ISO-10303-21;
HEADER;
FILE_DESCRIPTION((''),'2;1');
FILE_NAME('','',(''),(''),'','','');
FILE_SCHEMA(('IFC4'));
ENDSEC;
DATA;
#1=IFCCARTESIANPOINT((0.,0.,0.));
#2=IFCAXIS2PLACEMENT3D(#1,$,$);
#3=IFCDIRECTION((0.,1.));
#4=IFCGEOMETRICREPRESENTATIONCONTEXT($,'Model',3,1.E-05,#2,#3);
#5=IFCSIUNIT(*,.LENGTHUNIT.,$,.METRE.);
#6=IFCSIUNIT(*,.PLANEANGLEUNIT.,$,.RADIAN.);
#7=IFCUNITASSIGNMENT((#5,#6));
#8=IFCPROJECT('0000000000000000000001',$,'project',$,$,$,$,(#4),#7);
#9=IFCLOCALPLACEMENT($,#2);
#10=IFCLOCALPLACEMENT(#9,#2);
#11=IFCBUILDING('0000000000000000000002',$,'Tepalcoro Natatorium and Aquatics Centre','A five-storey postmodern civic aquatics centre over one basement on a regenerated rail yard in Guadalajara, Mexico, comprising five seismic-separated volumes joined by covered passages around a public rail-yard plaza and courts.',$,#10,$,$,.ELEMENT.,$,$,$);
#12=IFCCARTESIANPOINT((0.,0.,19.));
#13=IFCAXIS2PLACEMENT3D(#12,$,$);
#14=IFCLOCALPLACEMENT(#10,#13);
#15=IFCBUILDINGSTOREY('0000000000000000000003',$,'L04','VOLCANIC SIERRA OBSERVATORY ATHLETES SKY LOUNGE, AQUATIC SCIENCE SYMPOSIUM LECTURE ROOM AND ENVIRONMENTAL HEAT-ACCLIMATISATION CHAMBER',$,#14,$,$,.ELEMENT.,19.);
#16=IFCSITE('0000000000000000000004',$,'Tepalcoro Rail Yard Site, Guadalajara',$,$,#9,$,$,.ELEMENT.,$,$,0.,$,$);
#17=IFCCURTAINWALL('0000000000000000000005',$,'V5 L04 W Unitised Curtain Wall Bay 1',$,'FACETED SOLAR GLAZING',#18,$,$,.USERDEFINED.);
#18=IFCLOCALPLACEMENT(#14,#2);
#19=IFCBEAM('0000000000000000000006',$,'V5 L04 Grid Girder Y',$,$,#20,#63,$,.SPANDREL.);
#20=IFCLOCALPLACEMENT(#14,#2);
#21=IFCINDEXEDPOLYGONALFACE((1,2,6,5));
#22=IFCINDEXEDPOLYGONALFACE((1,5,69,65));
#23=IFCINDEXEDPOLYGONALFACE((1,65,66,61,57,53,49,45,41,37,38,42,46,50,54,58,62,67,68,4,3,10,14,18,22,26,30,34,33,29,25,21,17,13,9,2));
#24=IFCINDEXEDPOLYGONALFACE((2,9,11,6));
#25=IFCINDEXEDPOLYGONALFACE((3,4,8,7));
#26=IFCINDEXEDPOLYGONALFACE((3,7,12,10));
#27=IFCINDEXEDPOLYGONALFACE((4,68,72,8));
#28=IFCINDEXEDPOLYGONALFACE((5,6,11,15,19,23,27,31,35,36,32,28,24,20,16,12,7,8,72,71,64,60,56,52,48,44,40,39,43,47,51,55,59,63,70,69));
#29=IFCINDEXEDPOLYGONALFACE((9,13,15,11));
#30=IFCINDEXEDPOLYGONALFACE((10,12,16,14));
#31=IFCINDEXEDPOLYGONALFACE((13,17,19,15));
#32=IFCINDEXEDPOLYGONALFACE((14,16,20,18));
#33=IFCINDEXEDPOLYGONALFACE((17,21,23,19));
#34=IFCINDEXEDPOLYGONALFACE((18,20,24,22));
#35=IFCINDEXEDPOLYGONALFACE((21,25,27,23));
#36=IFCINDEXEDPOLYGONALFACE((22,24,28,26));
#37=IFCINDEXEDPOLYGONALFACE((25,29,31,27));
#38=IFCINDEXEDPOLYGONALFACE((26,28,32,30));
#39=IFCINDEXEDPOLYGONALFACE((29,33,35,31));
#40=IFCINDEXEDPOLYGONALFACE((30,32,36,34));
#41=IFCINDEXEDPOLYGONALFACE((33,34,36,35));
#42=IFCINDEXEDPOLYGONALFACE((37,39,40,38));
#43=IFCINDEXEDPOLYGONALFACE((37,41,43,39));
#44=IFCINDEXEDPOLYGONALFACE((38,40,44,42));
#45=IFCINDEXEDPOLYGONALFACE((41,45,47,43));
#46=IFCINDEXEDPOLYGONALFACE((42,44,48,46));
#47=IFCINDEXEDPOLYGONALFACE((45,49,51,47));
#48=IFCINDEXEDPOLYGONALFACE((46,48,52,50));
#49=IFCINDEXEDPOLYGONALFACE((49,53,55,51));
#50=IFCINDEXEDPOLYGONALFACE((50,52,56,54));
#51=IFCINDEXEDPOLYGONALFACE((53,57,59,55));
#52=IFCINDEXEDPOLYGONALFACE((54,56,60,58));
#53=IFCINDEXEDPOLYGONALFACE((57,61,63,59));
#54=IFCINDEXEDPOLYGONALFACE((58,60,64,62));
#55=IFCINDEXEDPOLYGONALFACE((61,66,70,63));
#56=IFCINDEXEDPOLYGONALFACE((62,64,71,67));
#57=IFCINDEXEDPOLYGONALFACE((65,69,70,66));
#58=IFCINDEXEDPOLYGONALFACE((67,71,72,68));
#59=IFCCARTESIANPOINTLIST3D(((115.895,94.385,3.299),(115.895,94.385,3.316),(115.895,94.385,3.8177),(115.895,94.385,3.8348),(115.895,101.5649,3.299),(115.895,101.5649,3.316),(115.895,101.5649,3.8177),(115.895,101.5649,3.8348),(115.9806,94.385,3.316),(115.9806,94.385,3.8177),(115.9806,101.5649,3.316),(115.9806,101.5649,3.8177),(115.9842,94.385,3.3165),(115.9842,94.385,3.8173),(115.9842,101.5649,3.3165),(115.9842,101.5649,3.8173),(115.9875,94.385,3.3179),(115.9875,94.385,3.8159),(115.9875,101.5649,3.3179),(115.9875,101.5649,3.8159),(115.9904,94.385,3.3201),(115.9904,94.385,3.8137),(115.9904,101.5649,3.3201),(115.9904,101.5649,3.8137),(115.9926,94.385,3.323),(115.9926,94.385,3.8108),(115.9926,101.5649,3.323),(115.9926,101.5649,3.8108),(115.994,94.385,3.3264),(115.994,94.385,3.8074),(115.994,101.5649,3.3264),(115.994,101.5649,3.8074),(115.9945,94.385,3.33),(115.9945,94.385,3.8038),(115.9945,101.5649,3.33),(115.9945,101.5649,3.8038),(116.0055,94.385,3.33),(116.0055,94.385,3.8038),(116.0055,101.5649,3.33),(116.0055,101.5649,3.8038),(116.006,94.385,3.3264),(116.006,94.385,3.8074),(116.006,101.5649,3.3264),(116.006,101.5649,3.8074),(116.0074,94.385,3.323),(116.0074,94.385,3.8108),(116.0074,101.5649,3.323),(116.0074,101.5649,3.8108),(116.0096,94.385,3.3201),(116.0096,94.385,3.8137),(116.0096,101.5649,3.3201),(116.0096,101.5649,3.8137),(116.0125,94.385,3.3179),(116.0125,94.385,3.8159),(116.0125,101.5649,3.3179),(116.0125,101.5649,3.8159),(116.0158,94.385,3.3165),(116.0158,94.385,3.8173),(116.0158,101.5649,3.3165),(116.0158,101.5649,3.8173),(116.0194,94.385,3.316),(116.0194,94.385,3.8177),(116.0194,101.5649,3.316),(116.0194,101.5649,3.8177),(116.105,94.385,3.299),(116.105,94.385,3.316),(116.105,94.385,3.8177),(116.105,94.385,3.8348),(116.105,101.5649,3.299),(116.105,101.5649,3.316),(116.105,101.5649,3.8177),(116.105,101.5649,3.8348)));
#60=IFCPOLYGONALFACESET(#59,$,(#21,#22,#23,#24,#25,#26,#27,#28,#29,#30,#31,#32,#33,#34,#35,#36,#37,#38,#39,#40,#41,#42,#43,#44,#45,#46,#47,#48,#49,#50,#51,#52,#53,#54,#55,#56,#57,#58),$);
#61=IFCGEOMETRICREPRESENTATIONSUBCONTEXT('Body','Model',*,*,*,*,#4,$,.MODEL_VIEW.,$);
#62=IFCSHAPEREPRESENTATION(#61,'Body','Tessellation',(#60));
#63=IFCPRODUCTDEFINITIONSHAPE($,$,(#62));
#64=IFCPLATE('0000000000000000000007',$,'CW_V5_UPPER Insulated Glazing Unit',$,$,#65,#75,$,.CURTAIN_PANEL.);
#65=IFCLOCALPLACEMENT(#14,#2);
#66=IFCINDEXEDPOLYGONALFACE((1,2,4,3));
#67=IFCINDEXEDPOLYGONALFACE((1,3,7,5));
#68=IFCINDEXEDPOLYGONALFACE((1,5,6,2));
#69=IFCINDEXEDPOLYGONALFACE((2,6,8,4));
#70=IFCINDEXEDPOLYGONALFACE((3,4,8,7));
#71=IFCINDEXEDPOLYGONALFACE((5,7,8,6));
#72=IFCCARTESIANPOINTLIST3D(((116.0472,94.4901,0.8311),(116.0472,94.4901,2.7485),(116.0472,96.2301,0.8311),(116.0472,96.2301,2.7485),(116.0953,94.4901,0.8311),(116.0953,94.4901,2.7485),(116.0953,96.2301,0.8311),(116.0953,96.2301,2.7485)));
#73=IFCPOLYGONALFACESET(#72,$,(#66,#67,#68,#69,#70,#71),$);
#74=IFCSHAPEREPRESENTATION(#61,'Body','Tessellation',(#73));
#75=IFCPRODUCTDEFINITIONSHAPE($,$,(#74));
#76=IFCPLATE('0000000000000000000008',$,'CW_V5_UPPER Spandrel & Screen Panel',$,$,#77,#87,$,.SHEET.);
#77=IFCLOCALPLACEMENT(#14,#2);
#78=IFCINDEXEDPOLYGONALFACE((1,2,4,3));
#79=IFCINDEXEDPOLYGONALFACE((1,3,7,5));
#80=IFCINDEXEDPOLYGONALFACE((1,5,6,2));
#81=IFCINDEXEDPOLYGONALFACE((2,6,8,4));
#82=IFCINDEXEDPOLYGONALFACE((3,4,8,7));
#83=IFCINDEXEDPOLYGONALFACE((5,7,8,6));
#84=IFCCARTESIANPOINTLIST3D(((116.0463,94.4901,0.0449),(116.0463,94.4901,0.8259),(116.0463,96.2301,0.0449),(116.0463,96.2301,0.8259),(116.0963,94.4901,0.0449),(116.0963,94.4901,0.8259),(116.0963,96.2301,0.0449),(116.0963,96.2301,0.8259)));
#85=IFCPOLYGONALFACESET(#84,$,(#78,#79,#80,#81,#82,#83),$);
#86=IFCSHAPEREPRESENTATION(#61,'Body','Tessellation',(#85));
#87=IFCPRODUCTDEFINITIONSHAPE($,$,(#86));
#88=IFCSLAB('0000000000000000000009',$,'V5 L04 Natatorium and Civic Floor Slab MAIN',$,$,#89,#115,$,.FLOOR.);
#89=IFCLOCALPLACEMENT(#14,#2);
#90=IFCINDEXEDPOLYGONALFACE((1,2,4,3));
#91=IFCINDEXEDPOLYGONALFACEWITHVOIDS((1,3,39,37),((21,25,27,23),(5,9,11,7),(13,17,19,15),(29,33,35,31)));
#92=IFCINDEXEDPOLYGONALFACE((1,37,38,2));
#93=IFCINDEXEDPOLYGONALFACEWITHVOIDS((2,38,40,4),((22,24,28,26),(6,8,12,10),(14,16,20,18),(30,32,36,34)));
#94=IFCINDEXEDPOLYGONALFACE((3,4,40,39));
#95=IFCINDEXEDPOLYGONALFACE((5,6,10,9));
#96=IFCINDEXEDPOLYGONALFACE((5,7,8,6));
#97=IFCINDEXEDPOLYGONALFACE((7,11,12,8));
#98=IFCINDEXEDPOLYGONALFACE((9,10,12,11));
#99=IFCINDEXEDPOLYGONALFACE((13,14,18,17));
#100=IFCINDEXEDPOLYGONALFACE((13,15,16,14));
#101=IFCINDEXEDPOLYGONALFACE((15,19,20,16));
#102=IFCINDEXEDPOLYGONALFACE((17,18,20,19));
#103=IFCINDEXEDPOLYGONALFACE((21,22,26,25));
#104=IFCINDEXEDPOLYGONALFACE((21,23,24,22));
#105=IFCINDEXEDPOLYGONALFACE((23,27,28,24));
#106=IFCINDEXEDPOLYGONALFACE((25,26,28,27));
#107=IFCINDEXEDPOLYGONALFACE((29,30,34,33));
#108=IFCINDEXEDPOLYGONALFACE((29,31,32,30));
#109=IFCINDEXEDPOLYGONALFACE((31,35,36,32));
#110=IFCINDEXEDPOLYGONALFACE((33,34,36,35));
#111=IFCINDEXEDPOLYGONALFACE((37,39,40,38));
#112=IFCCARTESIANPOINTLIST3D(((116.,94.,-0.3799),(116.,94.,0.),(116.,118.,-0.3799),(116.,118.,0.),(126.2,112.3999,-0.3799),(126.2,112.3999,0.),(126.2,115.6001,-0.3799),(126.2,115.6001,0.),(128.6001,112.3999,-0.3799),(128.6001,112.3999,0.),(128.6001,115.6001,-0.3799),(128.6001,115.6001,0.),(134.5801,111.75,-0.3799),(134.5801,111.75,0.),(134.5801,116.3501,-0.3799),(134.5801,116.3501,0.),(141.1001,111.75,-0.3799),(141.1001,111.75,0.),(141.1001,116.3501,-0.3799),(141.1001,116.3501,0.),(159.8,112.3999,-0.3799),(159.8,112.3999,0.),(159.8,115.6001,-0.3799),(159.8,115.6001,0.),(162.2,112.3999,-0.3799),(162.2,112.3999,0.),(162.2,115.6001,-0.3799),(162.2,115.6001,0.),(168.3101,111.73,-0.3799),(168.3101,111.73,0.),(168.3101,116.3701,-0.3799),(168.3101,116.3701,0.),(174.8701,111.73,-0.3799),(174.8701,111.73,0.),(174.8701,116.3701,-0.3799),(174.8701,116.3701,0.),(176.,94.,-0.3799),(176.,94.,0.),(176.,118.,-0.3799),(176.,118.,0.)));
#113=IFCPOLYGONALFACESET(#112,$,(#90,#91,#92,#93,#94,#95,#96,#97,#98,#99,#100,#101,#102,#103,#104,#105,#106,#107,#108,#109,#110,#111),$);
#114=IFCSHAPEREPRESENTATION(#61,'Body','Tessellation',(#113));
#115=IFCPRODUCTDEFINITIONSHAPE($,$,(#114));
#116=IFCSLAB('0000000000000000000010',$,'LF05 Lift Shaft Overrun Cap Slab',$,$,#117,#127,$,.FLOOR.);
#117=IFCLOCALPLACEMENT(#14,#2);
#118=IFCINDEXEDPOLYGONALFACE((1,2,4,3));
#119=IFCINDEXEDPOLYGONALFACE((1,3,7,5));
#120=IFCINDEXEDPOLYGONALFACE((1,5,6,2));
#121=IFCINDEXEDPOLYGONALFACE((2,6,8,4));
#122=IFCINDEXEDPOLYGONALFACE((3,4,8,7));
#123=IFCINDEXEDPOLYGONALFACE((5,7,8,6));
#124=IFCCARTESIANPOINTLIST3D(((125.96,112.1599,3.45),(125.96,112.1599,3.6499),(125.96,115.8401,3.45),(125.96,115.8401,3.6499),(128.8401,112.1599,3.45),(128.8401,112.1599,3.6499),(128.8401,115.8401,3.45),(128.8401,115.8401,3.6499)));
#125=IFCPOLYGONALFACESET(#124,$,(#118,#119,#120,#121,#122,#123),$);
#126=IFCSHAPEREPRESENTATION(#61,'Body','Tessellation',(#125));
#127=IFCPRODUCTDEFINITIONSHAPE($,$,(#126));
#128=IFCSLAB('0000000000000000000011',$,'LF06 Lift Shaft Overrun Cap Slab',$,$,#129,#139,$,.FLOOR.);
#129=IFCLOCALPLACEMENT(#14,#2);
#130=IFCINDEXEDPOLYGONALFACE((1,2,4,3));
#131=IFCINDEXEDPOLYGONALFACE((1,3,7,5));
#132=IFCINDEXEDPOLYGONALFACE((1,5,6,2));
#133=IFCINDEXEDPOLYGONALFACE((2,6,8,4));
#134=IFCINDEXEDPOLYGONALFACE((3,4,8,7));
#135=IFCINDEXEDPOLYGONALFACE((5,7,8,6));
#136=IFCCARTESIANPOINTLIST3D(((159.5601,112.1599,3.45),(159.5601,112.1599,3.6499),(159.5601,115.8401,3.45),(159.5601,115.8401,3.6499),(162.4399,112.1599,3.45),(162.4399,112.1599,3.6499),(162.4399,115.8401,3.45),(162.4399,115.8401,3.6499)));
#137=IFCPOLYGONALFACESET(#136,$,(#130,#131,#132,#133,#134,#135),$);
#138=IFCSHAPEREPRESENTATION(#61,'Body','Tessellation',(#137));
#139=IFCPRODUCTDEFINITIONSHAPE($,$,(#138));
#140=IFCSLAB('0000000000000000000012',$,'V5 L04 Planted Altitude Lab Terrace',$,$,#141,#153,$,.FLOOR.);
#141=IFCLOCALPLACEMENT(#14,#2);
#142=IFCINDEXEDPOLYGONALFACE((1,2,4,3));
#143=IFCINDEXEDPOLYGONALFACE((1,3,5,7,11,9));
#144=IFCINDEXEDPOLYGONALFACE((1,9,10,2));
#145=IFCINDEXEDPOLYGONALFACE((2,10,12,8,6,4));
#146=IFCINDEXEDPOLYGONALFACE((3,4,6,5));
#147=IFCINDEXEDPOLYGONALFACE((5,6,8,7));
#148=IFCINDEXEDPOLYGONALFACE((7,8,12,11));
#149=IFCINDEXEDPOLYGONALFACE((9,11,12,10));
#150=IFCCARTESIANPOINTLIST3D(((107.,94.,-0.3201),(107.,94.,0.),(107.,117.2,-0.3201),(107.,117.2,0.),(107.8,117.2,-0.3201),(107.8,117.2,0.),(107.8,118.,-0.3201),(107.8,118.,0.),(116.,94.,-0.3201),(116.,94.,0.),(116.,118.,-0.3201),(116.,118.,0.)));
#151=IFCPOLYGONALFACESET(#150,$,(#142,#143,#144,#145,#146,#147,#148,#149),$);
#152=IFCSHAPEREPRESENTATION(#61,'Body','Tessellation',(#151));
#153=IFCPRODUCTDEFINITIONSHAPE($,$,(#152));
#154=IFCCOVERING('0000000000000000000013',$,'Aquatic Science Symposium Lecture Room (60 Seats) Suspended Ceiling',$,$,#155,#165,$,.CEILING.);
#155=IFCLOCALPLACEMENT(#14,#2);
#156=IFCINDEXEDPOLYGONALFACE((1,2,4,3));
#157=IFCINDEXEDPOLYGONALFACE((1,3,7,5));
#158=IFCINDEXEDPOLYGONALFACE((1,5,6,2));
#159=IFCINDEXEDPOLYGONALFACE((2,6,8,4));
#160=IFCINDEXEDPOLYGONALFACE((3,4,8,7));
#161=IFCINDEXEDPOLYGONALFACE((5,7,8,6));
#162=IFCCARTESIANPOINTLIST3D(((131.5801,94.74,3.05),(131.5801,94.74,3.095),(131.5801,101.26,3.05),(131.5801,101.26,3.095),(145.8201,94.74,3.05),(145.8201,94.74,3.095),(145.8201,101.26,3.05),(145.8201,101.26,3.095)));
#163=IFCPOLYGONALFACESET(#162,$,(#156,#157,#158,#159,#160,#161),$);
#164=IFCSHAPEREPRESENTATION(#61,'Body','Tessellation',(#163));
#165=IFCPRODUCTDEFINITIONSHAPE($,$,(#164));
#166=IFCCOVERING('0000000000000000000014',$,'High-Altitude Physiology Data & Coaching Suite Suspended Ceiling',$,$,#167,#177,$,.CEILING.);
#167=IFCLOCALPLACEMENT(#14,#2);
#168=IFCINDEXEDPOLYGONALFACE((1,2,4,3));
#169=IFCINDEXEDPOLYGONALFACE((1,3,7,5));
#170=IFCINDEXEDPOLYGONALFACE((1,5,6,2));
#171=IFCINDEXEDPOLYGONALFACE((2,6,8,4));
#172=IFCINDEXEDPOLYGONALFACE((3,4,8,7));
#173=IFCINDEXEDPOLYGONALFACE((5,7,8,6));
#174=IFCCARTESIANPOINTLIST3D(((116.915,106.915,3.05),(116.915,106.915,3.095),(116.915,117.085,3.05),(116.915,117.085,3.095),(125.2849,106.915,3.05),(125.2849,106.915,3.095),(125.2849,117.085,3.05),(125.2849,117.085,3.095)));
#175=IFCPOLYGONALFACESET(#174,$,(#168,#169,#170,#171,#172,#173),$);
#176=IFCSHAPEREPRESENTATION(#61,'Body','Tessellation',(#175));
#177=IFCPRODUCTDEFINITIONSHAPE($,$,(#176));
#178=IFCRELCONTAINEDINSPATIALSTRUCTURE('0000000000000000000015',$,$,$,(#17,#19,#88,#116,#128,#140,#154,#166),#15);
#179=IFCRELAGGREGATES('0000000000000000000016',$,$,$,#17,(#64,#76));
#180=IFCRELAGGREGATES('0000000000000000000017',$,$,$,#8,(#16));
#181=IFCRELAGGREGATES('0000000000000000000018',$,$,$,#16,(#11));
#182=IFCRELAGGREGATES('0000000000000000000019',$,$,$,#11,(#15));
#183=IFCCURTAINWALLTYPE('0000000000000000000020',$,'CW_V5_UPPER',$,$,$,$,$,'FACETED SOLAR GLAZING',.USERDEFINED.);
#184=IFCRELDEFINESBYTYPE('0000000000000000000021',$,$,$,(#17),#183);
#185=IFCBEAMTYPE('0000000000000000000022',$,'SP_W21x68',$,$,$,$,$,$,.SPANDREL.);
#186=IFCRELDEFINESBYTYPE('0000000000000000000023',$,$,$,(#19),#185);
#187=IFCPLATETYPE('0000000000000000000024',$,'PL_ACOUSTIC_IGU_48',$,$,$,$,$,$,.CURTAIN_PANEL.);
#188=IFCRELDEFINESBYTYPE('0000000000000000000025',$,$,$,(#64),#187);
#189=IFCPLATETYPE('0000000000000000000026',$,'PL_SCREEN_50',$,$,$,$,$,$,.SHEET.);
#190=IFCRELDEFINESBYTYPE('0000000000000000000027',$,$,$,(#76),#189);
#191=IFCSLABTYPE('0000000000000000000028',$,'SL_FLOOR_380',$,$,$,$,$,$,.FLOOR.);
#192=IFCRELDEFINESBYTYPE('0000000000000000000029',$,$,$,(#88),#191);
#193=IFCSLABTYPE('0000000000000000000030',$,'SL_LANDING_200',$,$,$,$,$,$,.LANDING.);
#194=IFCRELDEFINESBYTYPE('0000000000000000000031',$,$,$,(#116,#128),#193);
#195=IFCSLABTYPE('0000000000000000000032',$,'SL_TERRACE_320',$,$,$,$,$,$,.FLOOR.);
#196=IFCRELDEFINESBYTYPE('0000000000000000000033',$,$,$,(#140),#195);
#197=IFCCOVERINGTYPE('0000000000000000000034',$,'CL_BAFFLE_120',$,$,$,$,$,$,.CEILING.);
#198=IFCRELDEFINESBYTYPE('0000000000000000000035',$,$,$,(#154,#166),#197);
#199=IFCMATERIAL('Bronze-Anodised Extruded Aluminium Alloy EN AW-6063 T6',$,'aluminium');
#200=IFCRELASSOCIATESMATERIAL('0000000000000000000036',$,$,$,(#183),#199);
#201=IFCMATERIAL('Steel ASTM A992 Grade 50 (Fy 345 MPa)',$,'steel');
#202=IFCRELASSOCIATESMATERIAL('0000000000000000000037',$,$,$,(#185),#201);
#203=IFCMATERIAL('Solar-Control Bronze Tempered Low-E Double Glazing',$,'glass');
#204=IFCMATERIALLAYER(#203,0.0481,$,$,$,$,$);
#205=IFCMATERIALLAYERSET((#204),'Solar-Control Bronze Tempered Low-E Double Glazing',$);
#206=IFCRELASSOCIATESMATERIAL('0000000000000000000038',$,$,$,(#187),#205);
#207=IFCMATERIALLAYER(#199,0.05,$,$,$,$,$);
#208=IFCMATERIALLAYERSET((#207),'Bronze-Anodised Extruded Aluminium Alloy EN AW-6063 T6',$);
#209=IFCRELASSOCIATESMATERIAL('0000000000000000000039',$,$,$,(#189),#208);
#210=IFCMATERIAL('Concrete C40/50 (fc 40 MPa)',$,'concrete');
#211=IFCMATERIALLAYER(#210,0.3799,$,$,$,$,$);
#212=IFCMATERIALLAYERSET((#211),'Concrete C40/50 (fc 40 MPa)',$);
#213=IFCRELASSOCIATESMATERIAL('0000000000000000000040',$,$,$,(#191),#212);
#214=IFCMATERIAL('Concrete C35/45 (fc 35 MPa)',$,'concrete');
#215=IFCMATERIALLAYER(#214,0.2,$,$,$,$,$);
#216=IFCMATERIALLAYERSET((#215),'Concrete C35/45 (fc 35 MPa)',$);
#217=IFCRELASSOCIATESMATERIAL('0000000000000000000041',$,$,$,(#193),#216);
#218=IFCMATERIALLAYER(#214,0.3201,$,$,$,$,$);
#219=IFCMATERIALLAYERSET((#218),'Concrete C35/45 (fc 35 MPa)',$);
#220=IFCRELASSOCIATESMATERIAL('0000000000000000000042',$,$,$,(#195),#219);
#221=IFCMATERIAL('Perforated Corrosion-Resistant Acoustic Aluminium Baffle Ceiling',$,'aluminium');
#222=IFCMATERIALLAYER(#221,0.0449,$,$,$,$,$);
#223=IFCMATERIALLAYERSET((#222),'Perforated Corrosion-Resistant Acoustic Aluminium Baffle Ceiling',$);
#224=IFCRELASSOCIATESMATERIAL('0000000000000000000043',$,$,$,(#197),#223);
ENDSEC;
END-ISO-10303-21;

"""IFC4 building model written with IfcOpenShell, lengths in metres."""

from ifc_helpers import new_model, si_unit, direction, frame, origin, origin_2d, place, context, subcontext, project, spatial, polyline, rectangle, i_section, outline, extrude, material, layer, layer_set, material_profile, profile_set, type_object, element, aggregate, save


model = new_model("IFC4")

# Units and contexts
model_context = context("Model", 3, precision=1e-05, world=origin(), true_north=direction((0.0, 1.0)))
body_context = subcontext(model_context, "Body", "Model", "MODEL_VIEW")
ifc_project = project(units=[si_unit("LENGTHUNIT", "METRE"), si_unit("PLANEANGLEUNIT", "RADIAN")], contexts=[model_context])

# Site, building, storey
site_placement = place(None, origin())
site = spatial("IfcSite", under=ifc_project, at=site_placement, Name="Tepalcoro Rail Yard Site, Guadalajara", CompositionType="ELEMENT", RefElevation=0.0)
building_placement = place(site_placement, origin())
building = spatial("IfcBuilding", under=site, at=building_placement, Name="Tepalcoro Natatorium and Aquatics Centre", Description="A five-storey postmodern civic aquatics centre over one basement on a regenerated rail yard in Guadalajara, Mexico, comprising five seismic-separated volumes joined by covered passages around a public rail-yard plaza and courts.", CompositionType="ELEMENT")
storey_placement = place(building_placement, frame((0.0, 0.0, 19.0)))
storey = spatial("IfcBuildingStorey", under=building, at=storey_placement, Name="L04", Description="VOLCANIC SIERRA OBSERVATORY ATHLETES SKY LOUNGE, AQUATIC SCIENCE SYMPOSIUM LECTURE ROOM AND ENVIRONMENTAL HEAT-ACCLIMATISATION CHAMBER", CompositionType="ELEMENT", Elevation=19.0)

# Shared definitions
ifc_material_1 = material(Name="Concrete C40/50 (fc 40 MPa)", Category="concrete")

# Curtain wall
ifc_material_2 = material(Name="Bronze-Anodised Extruded Aluminium Alloy EN AW-6063 T6", Category="aluminium")
curtain_wall_type = type_object("IfcCurtainWallType", Name="CW_V5_UPPER", ElementType="FACETED SOLAR GLAZING", PredefinedType="USERDEFINED", material=ifc_material_2)
curtain_wall_placement = place(storey_placement, origin())
curtain_wall = element("IfcCurtainWall", 1, at=curtain_wall_placement, inside=storey, type_object=curtain_wall_type, Name="V5 L04 W Unitised Curtain Wall Bay 1", ObjectType="FACETED SOLAR GLAZING", PredefinedType="USERDEFINED")

# Beam
ifc_material_3 = material(Name="Steel ASTM A992 Grade 50 (Fy 345 MPa)", Category="steel")
ifc_material_profile_1 = material_profile(ifc_material_3, i_section(OverallWidth=0.21, OverallDepth=0.5359, WebThickness=0.011, FlangeThickness=0.0171, FilletRadius=0.0139, at=origin_2d()), Name="W21X68")
ifc_profile_set_1 = profile_set([ifc_material_profile_1], Name="Steel ASTM A992 Grade 50 (Fy 345 MPa)")
beam_type = type_object("IfcBeamType", Name="SP_W21x68", PredefinedType="SPANDREL", material=ifc_profile_set_1)
beam_placement = place(storey_placement, frame((116.0, 94.385, 3.5669), z_axis=(0.0, 1.0, 0.0), x_axis=(-1.0, 0.0, 0.0)))
element("IfcBeam", 2, at=beam_placement, inside=storey, type_object=beam_type, Name="V5 L04 Grid Girder Y", PredefinedType="SPANDREL", context=body_context, shape_type="SweptSolid", body=[
    extrude(i_section(OverallWidth=0.21, OverallDepth=0.5359, WebThickness=0.011, FlangeThickness=0.0171, FilletRadius=0.0139, at=origin_2d()), origin(), (0.0, 0.0, 1.0), 7.1799),
])

# Plates
ifc_material_4 = material(Name="Solar-Control Bronze Tempered Low-E Double Glazing", Category="glass")
ifc_layer_1 = layer(ifc_material_4, 0.0481)
ifc_layer_set_1 = layer_set([ifc_layer_1], Name="Solar-Control Bronze Tempered Low-E Double Glazing")
plate_type_1 = type_object("IfcPlateType", Name="PL_ACOUSTIC_IGU_48", PredefinedType="CURTAIN_PANEL", material=ifc_layer_set_1)
plate_1_placement = place(storey_placement, frame((116.0713, 95.3601, 0.8311), z_axis=(0.0, 0.0, 1.0), x_axis=(1.0, 0.0, 0.0)))
plate_1 = element("IfcPlate", 3, at=plate_1_placement, type_object=plate_type_1, Name="CW_V5_UPPER Insulated Glazing Unit", PredefinedType="CURTAIN_PANEL", context=body_context, shape_type="SweptSolid", body=[
    extrude(rectangle(XDim=0.0481, YDim=1.74, at=origin_2d()), origin(), (0.0, 0.0, 1.0), 1.9175),
])
ifc_layer_2 = layer(ifc_material_2, 0.05)
ifc_layer_set_2 = layer_set([ifc_layer_2], Name="Bronze-Anodised Extruded Aluminium Alloy EN AW-6063 T6")
plate_type_2 = type_object("IfcPlateType", Name="PL_SCREEN_50", PredefinedType="SHEET", material=ifc_layer_set_2)
plate_2_placement = place(storey_placement, frame((116.0713, 95.3601, 0.0449), z_axis=(0.0, 0.0, 1.0), x_axis=(1.0, 0.0, 0.0)))
plate_2 = element("IfcPlate", 4, at=plate_2_placement, type_object=plate_type_2, Name="CW_V5_UPPER Spandrel & Screen Panel", PredefinedType="SHEET", context=body_context, shape_type="SweptSolid", body=[
    extrude(rectangle(XDim=0.05, YDim=1.74, at=origin_2d()), origin(), (0.0, 0.0, 1.0), 0.781),
])
aggregate(curtain_wall, [plate_1, plate_2])

# Slabs
ifc_layer_3 = layer(ifc_material_1, 0.3799)
ifc_layer_set_3 = layer_set([ifc_layer_3], Name="Concrete C40/50 (fc 40 MPa)")
slab_type_1 = type_object("IfcSlabType", Name="SL_FLOOR_380", PredefinedType="FLOOR", material=ifc_layer_set_3)
slab_1_placement = place(storey_placement, frame((0.0, 0.0, -0.3799)))
element("IfcSlab", 5, at=slab_1_placement, inside=storey, type_object=slab_type_1, Name="V5 L04 Natatorium and Civic Floor Slab MAIN", PredefinedType="FLOOR", context=body_context, shape_type="SweptSolid", body=[
    extrude(outline(polyline([(176.0, 94.0), (116.0, 94.0), (116.0, 118.0), (176.0, 118.0), (176.0, 94.0)]), holes=[polyline([(134.5801, 111.75), (141.1001, 111.75), (141.1001, 116.3501), (134.5801, 116.3501), (134.5801, 111.75)]), polyline([(168.3101, 116.3701), (168.3101, 111.73), (174.8701, 111.73), (174.8701, 116.3701), (168.3101, 116.3701)]), polyline([(128.6001, 115.6001), (126.2, 115.6001), (126.2, 112.3999), (128.6001, 112.3999), (128.6001, 115.6001)]), polyline([(162.2, 112.3999), (162.2, 115.6001), (159.8, 115.6001), (159.8, 112.3999), (162.2, 112.3999)])]), origin(), (0.0, 0.0, 1.0), 0.3799),
])
ifc_material_5 = material(Name="Concrete C35/45 (fc 35 MPa)", Category="concrete")
ifc_layer_4 = layer(ifc_material_5, 0.2)
ifc_layer_set_4 = layer_set([ifc_layer_4], Name="Concrete C35/45 (fc 35 MPa)")
slab_type_2 = type_object("IfcSlabType", Name="SL_LANDING_200", PredefinedType="LANDING", material=ifc_layer_set_4)
slab_2_placement = place(storey_placement, frame((0.0, 0.0, 3.45)))
element("IfcSlab", 6, at=slab_2_placement, inside=storey, type_object=slab_type_2, Name="LF05 Lift Shaft Overrun Cap Slab", PredefinedType="FLOOR", context=body_context, shape_type="SweptSolid", body=[
    extrude(outline(polyline([(125.96, 112.1599), (128.8401, 112.1599), (128.8401, 115.8401), (125.96, 115.8401), (125.96, 112.1599)])), origin(), (0.0, 0.0, 1.0), 0.2),
])
slab_3_placement = place(storey_placement, frame((0.0, 0.0, 3.45)))
element("IfcSlab", 7, at=slab_3_placement, inside=storey, type_object=slab_type_2, Name="LF06 Lift Shaft Overrun Cap Slab", PredefinedType="FLOOR", context=body_context, shape_type="SweptSolid", body=[
    extrude(outline(polyline([(159.5601, 112.1599), (162.4399, 112.1599), (162.4399, 115.8401), (159.5601, 115.8401), (159.5601, 112.1599)])), origin(), (0.0, 0.0, 1.0), 0.2),
])
ifc_layer_5 = layer(ifc_material_5, 0.3201)
ifc_layer_set_5 = layer_set([ifc_layer_5], Name="Concrete C35/45 (fc 35 MPa)")
slab_type_3 = type_object("IfcSlabType", Name="SL_TERRACE_320", PredefinedType="FLOOR", material=ifc_layer_set_5)
slab_4_placement = place(storey_placement, frame((0.0, 0.0, -0.3201)))
element("IfcSlab", 8, at=slab_4_placement, inside=storey, type_object=slab_type_3, Name="V5 L04 Planted Altitude Lab Terrace", PredefinedType="FLOOR", context=body_context, shape_type="SweptSolid", body=[
    extrude(outline(polyline([(116.0, 118.0), (116.0, 94.0), (107.0, 94.0), (107.0, 117.2), (107.8, 117.2), (107.8, 118.0), (116.0, 118.0)])), origin(), (0.0, 0.0, 1.0), 0.3201),
])

# Coverings
ifc_material_6 = material(Name="Perforated Corrosion-Resistant Acoustic Aluminium Baffle Ceiling", Category="aluminium")
ifc_layer_6 = layer(ifc_material_6, 0.0449)
ifc_layer_set_6 = layer_set([ifc_layer_6], Name="Perforated Corrosion-Resistant Acoustic Aluminium Baffle Ceiling")
covering_type_1 = type_object("IfcCoveringType", Name="CL_BAFFLE_120", PredefinedType="CEILING", material=ifc_layer_set_6)
covering_1_placement = place(storey_placement, frame((0.0, 0.0, 3.05)))
element("IfcCovering", 9, at=covering_1_placement, inside=storey, type_object=covering_type_1, Name="Aquatic Science Symposium Lecture Room (60 Seats) Suspended Ceiling", PredefinedType="CEILING", context=body_context, shape_type="SweptSolid", body=[
    extrude(outline(polyline([(131.5801, 94.74), (131.5801, 101.26), (145.8201, 101.26), (145.8201, 94.74), (131.5801, 94.74)])), origin(), (0.0, 0.0, 1.0), 0.0449),
])
covering_2_placement = place(storey_placement, frame((0.0, 0.0, 3.05)))
element("IfcCovering", 10, at=covering_2_placement, inside=storey, type_object=covering_type_1, Name="High-Altitude Physiology Data & Coaching Suite Suspended Ceiling", PredefinedType="CEILING", context=body_context, shape_type="SweptSolid", body=[
    extrude(outline(polyline([(116.915, 106.915), (116.915, 117.085), (125.2849, 117.085), (125.2849, 106.915), (116.915, 106.915)])), origin(), (0.0, 0.0, 1.0), 0.0449),
])

save(model, "model.ifc")
